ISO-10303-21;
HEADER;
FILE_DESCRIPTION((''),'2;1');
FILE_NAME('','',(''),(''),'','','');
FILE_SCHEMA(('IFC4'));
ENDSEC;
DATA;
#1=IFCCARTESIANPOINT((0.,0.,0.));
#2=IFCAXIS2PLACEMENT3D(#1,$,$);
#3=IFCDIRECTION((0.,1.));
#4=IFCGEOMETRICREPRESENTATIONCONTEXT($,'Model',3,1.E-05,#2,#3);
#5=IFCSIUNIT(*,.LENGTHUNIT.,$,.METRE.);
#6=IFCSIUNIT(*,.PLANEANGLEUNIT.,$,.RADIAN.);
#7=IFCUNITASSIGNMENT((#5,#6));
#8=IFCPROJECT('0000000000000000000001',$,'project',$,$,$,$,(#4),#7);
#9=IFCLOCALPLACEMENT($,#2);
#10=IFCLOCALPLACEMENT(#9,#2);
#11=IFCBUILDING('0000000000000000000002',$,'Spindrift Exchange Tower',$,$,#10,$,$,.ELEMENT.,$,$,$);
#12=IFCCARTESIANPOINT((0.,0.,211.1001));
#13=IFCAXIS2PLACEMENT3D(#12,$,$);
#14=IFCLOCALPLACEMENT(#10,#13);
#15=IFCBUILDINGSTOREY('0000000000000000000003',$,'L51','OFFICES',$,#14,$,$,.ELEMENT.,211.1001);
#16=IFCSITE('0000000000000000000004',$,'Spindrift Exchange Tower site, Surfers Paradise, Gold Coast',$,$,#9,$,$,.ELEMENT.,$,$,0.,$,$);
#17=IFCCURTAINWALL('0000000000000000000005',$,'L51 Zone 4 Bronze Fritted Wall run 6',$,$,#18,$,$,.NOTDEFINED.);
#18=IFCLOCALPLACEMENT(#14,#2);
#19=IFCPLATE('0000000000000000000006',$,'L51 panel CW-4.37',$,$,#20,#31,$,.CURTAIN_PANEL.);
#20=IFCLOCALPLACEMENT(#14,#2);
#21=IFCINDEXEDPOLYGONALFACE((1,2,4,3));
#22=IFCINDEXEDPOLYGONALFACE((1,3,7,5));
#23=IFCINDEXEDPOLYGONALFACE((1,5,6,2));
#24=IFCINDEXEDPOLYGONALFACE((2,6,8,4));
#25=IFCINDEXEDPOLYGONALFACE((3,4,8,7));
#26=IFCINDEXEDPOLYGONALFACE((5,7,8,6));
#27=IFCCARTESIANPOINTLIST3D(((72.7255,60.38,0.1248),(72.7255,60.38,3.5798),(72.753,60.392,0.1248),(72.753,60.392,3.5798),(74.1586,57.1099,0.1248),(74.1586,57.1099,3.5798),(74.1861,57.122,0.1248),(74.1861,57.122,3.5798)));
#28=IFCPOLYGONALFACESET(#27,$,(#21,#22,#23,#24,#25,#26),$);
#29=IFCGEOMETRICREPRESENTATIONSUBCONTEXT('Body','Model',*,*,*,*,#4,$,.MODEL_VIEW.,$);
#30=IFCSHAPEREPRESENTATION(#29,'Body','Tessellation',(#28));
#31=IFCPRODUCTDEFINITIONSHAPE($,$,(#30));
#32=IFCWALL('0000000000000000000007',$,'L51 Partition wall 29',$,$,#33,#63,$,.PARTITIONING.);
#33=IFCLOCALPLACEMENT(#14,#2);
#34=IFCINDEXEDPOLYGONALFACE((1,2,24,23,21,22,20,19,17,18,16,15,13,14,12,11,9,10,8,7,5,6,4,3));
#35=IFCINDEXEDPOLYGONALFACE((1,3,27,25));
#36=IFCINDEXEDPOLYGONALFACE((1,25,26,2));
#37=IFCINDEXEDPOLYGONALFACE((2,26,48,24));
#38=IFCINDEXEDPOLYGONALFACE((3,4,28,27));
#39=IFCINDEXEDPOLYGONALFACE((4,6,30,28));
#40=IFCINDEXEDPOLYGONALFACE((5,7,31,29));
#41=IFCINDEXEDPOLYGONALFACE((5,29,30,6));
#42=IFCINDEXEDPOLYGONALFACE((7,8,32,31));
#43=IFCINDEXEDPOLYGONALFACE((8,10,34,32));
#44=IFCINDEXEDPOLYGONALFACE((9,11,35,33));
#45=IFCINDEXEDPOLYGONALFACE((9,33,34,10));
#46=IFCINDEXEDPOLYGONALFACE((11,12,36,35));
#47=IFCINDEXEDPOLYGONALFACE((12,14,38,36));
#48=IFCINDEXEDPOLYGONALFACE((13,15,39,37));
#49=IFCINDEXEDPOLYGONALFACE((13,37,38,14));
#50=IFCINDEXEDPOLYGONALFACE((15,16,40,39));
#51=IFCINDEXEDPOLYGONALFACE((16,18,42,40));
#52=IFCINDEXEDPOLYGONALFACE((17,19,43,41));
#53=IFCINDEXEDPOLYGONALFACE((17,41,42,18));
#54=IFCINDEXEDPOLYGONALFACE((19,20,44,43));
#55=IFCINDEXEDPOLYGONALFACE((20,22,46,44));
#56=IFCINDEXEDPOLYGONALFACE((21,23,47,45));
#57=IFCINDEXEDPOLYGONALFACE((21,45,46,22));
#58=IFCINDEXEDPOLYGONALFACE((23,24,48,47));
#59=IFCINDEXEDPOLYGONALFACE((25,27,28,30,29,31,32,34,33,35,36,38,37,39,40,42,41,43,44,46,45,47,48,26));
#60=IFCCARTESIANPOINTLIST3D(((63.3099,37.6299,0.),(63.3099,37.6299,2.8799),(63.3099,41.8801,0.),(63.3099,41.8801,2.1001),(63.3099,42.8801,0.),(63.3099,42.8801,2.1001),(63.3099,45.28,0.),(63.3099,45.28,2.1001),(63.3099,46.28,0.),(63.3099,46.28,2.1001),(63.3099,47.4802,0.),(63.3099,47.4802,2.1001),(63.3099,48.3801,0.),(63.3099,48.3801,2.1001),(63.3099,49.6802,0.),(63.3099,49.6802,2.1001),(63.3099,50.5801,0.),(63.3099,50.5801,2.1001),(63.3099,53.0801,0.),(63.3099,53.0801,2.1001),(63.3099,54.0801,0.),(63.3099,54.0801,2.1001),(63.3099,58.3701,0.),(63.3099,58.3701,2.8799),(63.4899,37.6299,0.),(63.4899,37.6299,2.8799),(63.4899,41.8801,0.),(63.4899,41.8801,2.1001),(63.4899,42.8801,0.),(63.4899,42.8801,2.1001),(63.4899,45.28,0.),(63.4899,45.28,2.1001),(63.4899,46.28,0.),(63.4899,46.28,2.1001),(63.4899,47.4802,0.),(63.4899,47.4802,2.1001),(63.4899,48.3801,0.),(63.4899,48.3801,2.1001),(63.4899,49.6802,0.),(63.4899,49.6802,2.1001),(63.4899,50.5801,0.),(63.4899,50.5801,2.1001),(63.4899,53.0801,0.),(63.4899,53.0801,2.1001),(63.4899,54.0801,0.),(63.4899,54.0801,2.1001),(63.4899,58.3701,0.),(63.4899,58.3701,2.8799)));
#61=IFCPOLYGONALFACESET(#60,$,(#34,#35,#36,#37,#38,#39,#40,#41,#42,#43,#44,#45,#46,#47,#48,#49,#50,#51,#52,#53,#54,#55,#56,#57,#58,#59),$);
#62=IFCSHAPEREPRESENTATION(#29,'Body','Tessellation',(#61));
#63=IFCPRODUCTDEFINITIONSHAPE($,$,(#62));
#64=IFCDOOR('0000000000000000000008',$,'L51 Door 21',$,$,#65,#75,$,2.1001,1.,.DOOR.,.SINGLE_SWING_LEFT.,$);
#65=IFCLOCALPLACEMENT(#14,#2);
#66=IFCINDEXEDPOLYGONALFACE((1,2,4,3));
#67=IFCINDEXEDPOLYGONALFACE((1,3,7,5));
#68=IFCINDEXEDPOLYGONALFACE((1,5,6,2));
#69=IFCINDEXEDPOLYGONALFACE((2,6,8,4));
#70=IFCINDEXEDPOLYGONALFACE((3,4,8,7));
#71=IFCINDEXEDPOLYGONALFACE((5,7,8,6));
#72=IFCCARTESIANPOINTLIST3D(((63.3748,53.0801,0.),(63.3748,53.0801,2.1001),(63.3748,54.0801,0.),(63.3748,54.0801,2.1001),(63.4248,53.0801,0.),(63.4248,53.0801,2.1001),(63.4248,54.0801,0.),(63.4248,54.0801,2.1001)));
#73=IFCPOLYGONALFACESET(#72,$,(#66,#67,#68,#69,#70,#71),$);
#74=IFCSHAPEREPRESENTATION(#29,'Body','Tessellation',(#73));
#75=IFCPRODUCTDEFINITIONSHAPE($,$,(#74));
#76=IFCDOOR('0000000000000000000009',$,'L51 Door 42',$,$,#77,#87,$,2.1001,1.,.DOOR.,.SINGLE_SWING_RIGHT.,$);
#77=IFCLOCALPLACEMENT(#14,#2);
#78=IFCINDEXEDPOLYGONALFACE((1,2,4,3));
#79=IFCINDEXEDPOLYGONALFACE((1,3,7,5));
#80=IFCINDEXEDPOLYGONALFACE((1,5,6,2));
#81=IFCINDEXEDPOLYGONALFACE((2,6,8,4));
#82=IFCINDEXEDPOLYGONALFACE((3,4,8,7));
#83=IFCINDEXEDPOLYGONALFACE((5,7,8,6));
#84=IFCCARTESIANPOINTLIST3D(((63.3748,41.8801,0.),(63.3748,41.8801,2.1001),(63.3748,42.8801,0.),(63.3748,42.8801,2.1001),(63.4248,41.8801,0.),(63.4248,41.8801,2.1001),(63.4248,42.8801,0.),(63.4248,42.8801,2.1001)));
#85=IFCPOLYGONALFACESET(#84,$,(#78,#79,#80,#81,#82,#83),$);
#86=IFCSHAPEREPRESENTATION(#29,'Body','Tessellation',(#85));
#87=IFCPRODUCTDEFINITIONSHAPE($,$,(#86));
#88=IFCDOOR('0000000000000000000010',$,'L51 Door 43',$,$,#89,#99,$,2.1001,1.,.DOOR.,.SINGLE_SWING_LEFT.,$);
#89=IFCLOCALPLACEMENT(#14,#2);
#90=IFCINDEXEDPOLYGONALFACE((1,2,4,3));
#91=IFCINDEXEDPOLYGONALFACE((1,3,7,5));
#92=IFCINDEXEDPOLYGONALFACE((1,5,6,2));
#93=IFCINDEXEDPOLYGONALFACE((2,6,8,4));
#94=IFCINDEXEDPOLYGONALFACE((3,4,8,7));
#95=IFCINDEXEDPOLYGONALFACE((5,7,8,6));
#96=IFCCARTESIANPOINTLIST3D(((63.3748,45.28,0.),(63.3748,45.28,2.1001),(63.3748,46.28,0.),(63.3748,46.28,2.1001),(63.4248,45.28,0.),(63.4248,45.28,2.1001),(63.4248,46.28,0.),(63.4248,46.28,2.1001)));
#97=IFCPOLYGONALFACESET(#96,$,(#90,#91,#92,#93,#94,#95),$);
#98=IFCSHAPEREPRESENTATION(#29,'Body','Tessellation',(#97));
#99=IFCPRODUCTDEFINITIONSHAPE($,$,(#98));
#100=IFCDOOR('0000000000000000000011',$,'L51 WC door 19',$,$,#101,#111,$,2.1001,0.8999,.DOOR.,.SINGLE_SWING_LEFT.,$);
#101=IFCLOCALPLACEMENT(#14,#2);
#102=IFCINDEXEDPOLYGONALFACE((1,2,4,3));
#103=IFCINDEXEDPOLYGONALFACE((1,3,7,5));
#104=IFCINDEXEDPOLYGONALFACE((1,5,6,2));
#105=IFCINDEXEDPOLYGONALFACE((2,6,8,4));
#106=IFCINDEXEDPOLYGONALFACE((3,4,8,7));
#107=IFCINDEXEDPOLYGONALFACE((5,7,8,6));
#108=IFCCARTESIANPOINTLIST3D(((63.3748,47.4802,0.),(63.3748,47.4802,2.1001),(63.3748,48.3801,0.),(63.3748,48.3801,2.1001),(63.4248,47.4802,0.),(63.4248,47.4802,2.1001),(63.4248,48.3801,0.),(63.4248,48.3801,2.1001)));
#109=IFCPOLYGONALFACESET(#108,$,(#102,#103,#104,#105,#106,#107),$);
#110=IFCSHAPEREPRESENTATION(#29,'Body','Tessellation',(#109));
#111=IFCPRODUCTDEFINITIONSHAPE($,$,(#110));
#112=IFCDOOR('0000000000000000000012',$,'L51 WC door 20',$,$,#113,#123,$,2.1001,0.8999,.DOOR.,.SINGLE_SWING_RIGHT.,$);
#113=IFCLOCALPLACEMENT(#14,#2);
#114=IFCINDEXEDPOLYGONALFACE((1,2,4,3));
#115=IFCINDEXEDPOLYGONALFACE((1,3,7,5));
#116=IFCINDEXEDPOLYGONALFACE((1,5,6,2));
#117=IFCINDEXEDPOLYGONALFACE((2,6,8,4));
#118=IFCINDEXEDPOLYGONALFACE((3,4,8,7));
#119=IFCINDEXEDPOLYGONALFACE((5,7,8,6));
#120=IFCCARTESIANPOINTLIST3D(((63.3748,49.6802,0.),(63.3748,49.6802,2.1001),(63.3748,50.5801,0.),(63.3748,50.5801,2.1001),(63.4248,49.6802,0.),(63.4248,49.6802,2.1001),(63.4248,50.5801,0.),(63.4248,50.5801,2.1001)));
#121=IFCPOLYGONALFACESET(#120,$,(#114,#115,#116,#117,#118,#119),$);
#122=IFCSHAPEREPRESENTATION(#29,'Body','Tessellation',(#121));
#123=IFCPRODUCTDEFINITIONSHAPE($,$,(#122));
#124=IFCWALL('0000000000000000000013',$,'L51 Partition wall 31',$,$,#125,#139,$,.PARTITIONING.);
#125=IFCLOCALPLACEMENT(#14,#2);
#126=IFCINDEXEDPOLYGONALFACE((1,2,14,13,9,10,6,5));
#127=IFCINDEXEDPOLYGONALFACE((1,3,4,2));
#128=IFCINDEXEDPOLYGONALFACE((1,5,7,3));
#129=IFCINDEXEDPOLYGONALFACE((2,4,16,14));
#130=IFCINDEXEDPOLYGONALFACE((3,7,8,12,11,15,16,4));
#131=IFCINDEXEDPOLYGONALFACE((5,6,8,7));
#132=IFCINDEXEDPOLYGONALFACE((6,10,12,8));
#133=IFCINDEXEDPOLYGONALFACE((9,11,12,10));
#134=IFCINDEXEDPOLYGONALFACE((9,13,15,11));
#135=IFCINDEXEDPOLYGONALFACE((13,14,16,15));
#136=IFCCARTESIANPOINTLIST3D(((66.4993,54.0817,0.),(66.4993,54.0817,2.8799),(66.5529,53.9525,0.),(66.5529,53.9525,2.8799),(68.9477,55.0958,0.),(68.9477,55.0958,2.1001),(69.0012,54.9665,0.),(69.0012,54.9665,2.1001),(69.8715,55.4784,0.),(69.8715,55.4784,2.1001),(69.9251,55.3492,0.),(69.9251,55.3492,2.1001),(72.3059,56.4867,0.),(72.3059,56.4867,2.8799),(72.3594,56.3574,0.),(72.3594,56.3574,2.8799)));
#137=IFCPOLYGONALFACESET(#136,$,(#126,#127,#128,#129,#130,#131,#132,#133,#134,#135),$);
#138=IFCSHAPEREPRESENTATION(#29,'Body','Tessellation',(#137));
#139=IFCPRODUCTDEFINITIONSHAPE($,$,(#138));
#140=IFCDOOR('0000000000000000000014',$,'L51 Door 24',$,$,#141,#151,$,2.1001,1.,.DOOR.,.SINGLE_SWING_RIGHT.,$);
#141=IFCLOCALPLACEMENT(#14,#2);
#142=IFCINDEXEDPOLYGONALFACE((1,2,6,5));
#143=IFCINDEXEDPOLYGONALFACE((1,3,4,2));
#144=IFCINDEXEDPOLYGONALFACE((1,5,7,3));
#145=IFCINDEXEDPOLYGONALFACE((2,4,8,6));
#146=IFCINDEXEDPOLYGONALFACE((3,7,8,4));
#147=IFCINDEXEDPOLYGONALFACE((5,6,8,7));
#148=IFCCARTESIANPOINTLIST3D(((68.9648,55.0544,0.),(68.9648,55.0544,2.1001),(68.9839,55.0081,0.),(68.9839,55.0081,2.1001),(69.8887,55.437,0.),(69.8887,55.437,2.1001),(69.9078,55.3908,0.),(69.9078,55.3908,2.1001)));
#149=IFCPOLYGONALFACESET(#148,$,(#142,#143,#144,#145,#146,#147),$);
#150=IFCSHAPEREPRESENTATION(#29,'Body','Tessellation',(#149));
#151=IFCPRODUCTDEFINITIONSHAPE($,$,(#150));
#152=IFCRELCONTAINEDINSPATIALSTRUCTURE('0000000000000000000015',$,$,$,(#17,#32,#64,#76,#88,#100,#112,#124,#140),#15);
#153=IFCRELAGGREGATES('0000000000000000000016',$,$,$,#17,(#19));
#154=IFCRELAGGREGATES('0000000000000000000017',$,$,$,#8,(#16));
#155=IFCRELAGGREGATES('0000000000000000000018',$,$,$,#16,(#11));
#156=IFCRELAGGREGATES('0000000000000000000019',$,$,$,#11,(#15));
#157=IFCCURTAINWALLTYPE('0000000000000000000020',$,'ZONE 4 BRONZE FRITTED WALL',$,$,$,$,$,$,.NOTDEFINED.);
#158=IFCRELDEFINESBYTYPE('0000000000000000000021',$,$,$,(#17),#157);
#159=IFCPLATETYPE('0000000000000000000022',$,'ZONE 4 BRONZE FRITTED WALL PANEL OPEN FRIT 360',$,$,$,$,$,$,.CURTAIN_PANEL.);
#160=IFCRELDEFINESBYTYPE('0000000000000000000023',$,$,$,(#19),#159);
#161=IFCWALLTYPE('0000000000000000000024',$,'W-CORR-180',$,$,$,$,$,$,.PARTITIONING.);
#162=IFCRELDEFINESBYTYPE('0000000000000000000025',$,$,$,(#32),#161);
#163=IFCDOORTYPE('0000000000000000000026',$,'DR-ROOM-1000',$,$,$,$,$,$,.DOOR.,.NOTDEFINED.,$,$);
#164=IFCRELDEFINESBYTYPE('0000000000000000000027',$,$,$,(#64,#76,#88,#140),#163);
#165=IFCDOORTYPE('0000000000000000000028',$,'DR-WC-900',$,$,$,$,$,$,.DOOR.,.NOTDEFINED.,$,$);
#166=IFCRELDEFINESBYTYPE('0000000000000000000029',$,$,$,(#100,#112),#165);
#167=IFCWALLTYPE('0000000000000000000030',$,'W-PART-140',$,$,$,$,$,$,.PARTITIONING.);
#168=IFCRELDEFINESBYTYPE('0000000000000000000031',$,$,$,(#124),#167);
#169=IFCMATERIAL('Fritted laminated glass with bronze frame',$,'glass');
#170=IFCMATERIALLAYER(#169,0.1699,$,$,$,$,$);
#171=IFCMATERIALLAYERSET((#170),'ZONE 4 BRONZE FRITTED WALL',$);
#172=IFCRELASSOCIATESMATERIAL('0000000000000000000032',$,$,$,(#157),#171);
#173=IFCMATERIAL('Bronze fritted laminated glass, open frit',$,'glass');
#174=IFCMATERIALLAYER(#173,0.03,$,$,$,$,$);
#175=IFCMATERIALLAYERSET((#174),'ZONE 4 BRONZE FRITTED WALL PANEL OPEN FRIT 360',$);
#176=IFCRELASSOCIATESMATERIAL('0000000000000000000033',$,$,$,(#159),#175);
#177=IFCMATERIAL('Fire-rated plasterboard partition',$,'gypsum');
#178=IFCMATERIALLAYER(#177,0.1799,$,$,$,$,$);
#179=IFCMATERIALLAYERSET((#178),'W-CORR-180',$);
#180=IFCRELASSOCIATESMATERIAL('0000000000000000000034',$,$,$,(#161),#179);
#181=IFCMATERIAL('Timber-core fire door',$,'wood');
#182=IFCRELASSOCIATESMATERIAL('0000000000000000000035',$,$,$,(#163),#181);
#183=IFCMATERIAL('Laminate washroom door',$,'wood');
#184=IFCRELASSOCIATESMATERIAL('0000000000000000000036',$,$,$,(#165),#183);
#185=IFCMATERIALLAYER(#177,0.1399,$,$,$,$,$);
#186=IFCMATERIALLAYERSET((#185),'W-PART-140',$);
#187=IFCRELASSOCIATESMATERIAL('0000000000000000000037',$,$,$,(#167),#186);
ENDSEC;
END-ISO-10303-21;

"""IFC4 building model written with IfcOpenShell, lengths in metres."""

from ifc_helpers import new_model, si_unit, direction, frame, frame_2d, origin, origin_2d, place, context, subcontext, project, spatial, rectangle, extrude, source, transform, mapped, material, layer, layer_set, type_object, element, fill, aggregate, save


model = new_model("IFC4")

# Units and contexts
model_context = context("Model", 3, precision=1e-05, world=origin(), true_north=direction((0.0, 1.0)))
body_context = subcontext(model_context, "Body", "Model", "MODEL_VIEW")
ifc_project = project(units=[si_unit("LENGTHUNIT", "METRE"), si_unit("PLANEANGLEUNIT", "RADIAN")], contexts=[model_context])

# Site, building, storey
site_placement = place(None, origin())
site = spatial("IfcSite", under=ifc_project, at=site_placement, Name="Spindrift Exchange Tower site, Surfers Paradise, Gold Coast", CompositionType="ELEMENT", RefElevation=0.0)
building_placement = place(site_placement, origin())
building = spatial("IfcBuilding", under=site, at=building_placement, Name="Spindrift Exchange Tower", CompositionType="ELEMENT")
storey_placement = place(building_placement, frame((0.0, 0.0, 211.1001)))
storey = spatial("IfcBuildingStorey", under=building, at=storey_placement, Name="L51", Description="OFFICES", CompositionType="ELEMENT", Elevation=211.1001)

# Curtain wall, plate
ifc_material_1 = material(Name="Fritted laminated glass with bronze frame", Category="glass")
ifc_layer_1 = layer(ifc_material_1, 0.1699)
ifc_layer_set_1 = layer_set([ifc_layer_1], Name="ZONE 4 BRONZE FRITTED WALL")
curtain_wall_type = type_object("IfcCurtainWallType", Name="ZONE 4 BRONZE FRITTED WALL", PredefinedType="NOTDEFINED", material=ifc_layer_set_1)
curtain_wall_placement = place(storey_placement, origin())
curtain_wall = element("IfcCurtainWall", 1, at=curtain_wall_placement, inside=storey, type_object=curtain_wall_type, Name="L51 Zone 4 Bronze Fritted Wall run 6", PredefinedType="NOTDEFINED")
ifc_material_2 = material(Name="Bronze fritted laminated glass, open frit", Category="glass")
ifc_layer_2 = layer(ifc_material_2, 0.03)
ifc_layer_set_2 = layer_set([ifc_layer_2], Name="ZONE 4 BRONZE FRITTED WALL PANEL OPEN FRIT 360")
plate_type_1 = type_object("IfcPlateType", Name="ZONE 4 BRONZE FRITTED WALL PANEL OPEN FRIT 360", PredefinedType="CURTAIN_PANEL", material=ifc_layer_set_2)
shared_shape_1 = source(origin(), body_context, "Body", "SweptSolid", [
    extrude(rectangle(XDim=3.5703, YDim=0.03, at=origin_2d()), origin(), (0.0, 0.0, 1.0), 3.4551),
])
plate_1_placement = place(storey_placement, frame((73.4558, 58.751, 0.1248), z_axis=(0.0, 0.0, 1.0), x_axis=(-0.401406, 0.9159, 0.0)))
plate_1 = element("IfcPlate", 2, at=plate_1_placement, type_object=plate_type_1, Name="L51 panel CW-4.37", PredefinedType="CURTAIN_PANEL", context=body_context, shape_type="MappedRepresentation", body=[
    mapped(shared_shape_1, transform((0.0, 0.0, 0.0), scale=1.0)),
])
aggregate(curtain_wall, [plate_1])

# Wall, openings, doors
ifc_material_3 = material(Name="Fire-rated plasterboard partition", Category="gypsum")
ifc_layer_3 = layer(ifc_material_3, 0.1799)
ifc_layer_set_3 = layer_set([ifc_layer_3], Name="W-CORR-180")
wall_type_1 = type_object("IfcWallType", Name="W-CORR-180", PredefinedType="PARTITIONING", material=ifc_layer_set_3)
wall_1_placement = place(storey_placement, frame((63.3999, 58.3701, 0.0), z_axis=(0.0, 0.0, 1.0), x_axis=(0.0, -1.0, 0.0)))
wall_1 = element("IfcWall", 3, at=wall_1_placement, inside=storey, type_object=wall_type_1, Name="L51 Partition wall 29", PredefinedType="PARTITIONING", context=body_context, shape_type="SweptSolid", body=[
    extrude(rectangle(XDim=20.7402, YDim=0.1799, at=frame_2d((10.3701, 0.0))), origin(), (0.0, 0.0, 1.0), 2.8799),
])
opening_1_placement = place(wall_1_placement, frame((9.99, 0.0, 0.0)))
opening_1 = element("IfcOpeningElement", 4, at=opening_1_placement, cuts=wall_1, PredefinedType="OPENING", context=body_context, shape_type="SweptSolid", body=[
    extrude(rectangle(XDim=0.8999, YDim=2.1001, at=frame_2d((0.45, 1.05))), frame((0.0, 0.0999, 0.0), z_axis=(0.0, -1.0, 0.0), x_axis=(1.0, 0.0, 0.0)), (0.0, 0.0, 1.0), 0.2),
])
opening_2_placement = place(wall_1_placement, frame((7.79, 0.0, 0.0)))
opening_2 = element("IfcOpeningElement", 5, at=opening_2_placement, cuts=wall_1, PredefinedType="OPENING", context=body_context, shape_type="SweptSolid", body=[
    extrude(rectangle(XDim=0.8999, YDim=2.1001, at=frame_2d((0.45, 1.05))), frame((0.0, 0.0999, 0.0), z_axis=(0.0, -1.0, 0.0), x_axis=(1.0, 0.0, 0.0)), (0.0, 0.0, 1.0), 0.2),
])
opening_3_placement = place(wall_1_placement, frame((4.29, 0.0, 0.0)))
opening_3 = element("IfcOpeningElement", 6, at=opening_3_placement, cuts=wall_1, PredefinedType="OPENING", context=body_context, shape_type="SweptSolid", body=[
    extrude(rectangle(XDim=1.0, YDim=2.1001, at=frame_2d((0.5, 1.05))), frame((0.0, 0.0999, 0.0), z_axis=(0.0, -1.0, 0.0), x_axis=(1.0, 0.0, 0.0)), (0.0, 0.0, 1.0), 0.2),
])
opening_4_placement = place(wall_1_placement, frame((15.49, 0.0, 0.0)))
opening_4 = element("IfcOpeningElement", 7, at=opening_4_placement, cuts=wall_1, PredefinedType="OPENING", context=body_context, shape_type="SweptSolid", body=[
    extrude(rectangle(XDim=1.0, YDim=2.1001, at=frame_2d((0.5, 1.05))), frame((0.0, 0.0999, 0.0), z_axis=(0.0, -1.0, 0.0), x_axis=(1.0, 0.0, 0.0)), (0.0, 0.0, 1.0), 0.2),
])
opening_5_placement = place(wall_1_placement, frame((12.0901, 0.0, 0.0)))
opening_5 = element("IfcOpeningElement", 8, at=opening_5_placement, cuts=wall_1, PredefinedType="OPENING", context=body_context, shape_type="SweptSolid", body=[
    extrude(rectangle(XDim=1.0, YDim=2.1001, at=frame_2d((0.5, 1.05))), frame((0.0, 0.0999, 0.0), z_axis=(0.0, -1.0, 0.0), x_axis=(1.0, 0.0, 0.0)), (0.0, 0.0, 1.0), 0.2),
])
ifc_material_4 = material(Name="Timber-core fire door", Category="wood")
door_type_1 = type_object("IfcDoorType", Name="DR-ROOM-1000", OperationType="NOTDEFINED", PredefinedType="DOOR", material=ifc_material_4)
shared_shape_2 = source(origin(), body_context, "Body", "SweptSolid", [
    extrude(rectangle(XDim=1.0, YDim=2.1001, at=frame_2d((0.5, 1.05))), frame((0.0, 0.0249, 0.0), z_axis=(0.0, -1.0, 0.0), x_axis=(1.0, 0.0, 0.0)), (0.0, 0.0, 1.0), 0.05),
])
door_1_placement = place(opening_3_placement, origin())
door_1 = element("IfcDoor", 9, at=door_1_placement, inside=storey, type_object=door_type_1, Name="L51 Door 21", OperationType="SINGLE_SWING_LEFT", OverallHeight=2.1001, OverallWidth=1.0, PredefinedType="DOOR", context=body_context, shape_type="MappedRepresentation", body=[
    mapped(shared_shape_2, transform((0.0, 0.0, 0.0), scale=1.0)),
])
fill(opening_3, door_1)
door_2_placement = place(opening_4_placement, origin())
door_2 = element("IfcDoor", 10, at=door_2_placement, inside=storey, type_object=door_type_1, Name="L51 Door 42", OperationType="SINGLE_SWING_RIGHT", OverallHeight=2.1001, OverallWidth=1.0, PredefinedType="DOOR", context=body_context, shape_type="MappedRepresentation", body=[
    mapped(shared_shape_2, transform((0.0, 0.0, 0.0), scale=1.0)),
])
fill(opening_4, door_2)
door_3_placement = place(opening_5_placement, origin())
door_3 = element("IfcDoor", 11, at=door_3_placement, inside=storey, type_object=door_type_1, Name="L51 Door 43", OperationType="SINGLE_SWING_LEFT", OverallHeight=2.1001, OverallWidth=1.0, PredefinedType="DOOR", context=body_context, shape_type="MappedRepresentation", body=[
    mapped(shared_shape_2, transform((0.0, 0.0, 0.0), scale=1.0)),
])
fill(opening_5, door_3)
ifc_material_5 = material(Name="Laminate washroom door", Category="wood")
door_type_2 = type_object("IfcDoorType", Name="DR-WC-900", OperationType="NOTDEFINED", PredefinedType="DOOR", material=ifc_material_5)
shared_shape_3 = source(origin(), body_context, "Body", "SweptSolid", [
    extrude(rectangle(XDim=0.8999, YDim=2.1001, at=frame_2d((0.45, 1.05))), frame((0.0, 0.0249, 0.0), z_axis=(0.0, -1.0, 0.0), x_axis=(1.0, 0.0, 0.0)), (0.0, 0.0, 1.0), 0.05),
])
door_4_placement = place(opening_1_placement, origin())
door_4 = element("IfcDoor", 12, at=door_4_placement, inside=storey, type_object=door_type_2, Name="L51 WC door 19", OperationType="SINGLE_SWING_LEFT", OverallHeight=2.1001, OverallWidth=0.8999, PredefinedType="DOOR", context=body_context, shape_type="MappedRepresentation", body=[
    mapped(shared_shape_3, transform((0.0, 0.0, 0.0), scale=1.0)),
])
fill(opening_1, door_4)
door_5_placement = place(opening_2_placement, origin())
door_5 = element("IfcDoor", 13, at=door_5_placement, inside=storey, type_object=door_type_2, Name="L51 WC door 20", OperationType="SINGLE_SWING_RIGHT", OverallHeight=2.1001, OverallWidth=0.8999, PredefinedType="DOOR", context=body_context, shape_type="MappedRepresentation", body=[
    mapped(shared_shape_3, transform((0.0, 0.0, 0.0), scale=1.0)),
])
fill(opening_2, door_5)

# Wall, opening, door
ifc_layer_4 = layer(ifc_material_3, 0.1399)
ifc_layer_set_4 = layer_set([ifc_layer_4], Name="W-PART-140")
wall_type_2 = type_object("IfcWallType", Name="W-PART-140", PredefinedType="PARTITIONING", material=ifc_layer_set_4)
wall_2_placement = place(storey_placement, frame((72.3328, 56.4221, 0.0), z_axis=(0.0, 0.0, 1.0), x_axis=(-0.923889, -0.382662, 0.0)))
wall_2 = element("IfcWall", 14, at=wall_2_placement, inside=storey, type_object=wall_type_2, Name="L51 Partition wall 31", PredefinedType="PARTITIONING", context=body_context, shape_type="SweptSolid", body=[
    extrude(rectangle(XDim=6.2849, YDim=0.1399, at=frame_2d((3.1426, 0.0))), origin(), (0.0, 0.0, 1.0), 2.8799),
])
opening_6_placement = place(wall_2_placement, frame((2.635, 0.0, 0.0)))
opening_6 = element("IfcOpeningElement", 15, at=opening_6_placement, cuts=wall_2, PredefinedType="OPENING", context=body_context, shape_type="SweptSolid", body=[
    extrude(rectangle(XDim=1.0, YDim=2.1001, at=frame_2d((0.5, 1.05))), frame((0.0, 0.0798, 0.0), z_axis=(0.0, -1.0, 0.0), x_axis=(1.0, 0.0, 0.0)), (0.0, 0.0, 1.0), 0.1599),
])
door_6_placement = place(opening_6_placement, origin())
door_6 = element("IfcDoor", 16, at=door_6_placement, inside=storey, type_object=door_type_1, Name="L51 Door 24", OperationType="SINGLE_SWING_RIGHT", OverallHeight=2.1001, OverallWidth=1.0, PredefinedType="DOOR", context=body_context, shape_type="MappedRepresentation", body=[
    mapped(shared_shape_2, transform((0.0, 0.0, 0.0), scale=1.0)),
])
fill(opening_6, door_6)

save(model, "model.ifc")
